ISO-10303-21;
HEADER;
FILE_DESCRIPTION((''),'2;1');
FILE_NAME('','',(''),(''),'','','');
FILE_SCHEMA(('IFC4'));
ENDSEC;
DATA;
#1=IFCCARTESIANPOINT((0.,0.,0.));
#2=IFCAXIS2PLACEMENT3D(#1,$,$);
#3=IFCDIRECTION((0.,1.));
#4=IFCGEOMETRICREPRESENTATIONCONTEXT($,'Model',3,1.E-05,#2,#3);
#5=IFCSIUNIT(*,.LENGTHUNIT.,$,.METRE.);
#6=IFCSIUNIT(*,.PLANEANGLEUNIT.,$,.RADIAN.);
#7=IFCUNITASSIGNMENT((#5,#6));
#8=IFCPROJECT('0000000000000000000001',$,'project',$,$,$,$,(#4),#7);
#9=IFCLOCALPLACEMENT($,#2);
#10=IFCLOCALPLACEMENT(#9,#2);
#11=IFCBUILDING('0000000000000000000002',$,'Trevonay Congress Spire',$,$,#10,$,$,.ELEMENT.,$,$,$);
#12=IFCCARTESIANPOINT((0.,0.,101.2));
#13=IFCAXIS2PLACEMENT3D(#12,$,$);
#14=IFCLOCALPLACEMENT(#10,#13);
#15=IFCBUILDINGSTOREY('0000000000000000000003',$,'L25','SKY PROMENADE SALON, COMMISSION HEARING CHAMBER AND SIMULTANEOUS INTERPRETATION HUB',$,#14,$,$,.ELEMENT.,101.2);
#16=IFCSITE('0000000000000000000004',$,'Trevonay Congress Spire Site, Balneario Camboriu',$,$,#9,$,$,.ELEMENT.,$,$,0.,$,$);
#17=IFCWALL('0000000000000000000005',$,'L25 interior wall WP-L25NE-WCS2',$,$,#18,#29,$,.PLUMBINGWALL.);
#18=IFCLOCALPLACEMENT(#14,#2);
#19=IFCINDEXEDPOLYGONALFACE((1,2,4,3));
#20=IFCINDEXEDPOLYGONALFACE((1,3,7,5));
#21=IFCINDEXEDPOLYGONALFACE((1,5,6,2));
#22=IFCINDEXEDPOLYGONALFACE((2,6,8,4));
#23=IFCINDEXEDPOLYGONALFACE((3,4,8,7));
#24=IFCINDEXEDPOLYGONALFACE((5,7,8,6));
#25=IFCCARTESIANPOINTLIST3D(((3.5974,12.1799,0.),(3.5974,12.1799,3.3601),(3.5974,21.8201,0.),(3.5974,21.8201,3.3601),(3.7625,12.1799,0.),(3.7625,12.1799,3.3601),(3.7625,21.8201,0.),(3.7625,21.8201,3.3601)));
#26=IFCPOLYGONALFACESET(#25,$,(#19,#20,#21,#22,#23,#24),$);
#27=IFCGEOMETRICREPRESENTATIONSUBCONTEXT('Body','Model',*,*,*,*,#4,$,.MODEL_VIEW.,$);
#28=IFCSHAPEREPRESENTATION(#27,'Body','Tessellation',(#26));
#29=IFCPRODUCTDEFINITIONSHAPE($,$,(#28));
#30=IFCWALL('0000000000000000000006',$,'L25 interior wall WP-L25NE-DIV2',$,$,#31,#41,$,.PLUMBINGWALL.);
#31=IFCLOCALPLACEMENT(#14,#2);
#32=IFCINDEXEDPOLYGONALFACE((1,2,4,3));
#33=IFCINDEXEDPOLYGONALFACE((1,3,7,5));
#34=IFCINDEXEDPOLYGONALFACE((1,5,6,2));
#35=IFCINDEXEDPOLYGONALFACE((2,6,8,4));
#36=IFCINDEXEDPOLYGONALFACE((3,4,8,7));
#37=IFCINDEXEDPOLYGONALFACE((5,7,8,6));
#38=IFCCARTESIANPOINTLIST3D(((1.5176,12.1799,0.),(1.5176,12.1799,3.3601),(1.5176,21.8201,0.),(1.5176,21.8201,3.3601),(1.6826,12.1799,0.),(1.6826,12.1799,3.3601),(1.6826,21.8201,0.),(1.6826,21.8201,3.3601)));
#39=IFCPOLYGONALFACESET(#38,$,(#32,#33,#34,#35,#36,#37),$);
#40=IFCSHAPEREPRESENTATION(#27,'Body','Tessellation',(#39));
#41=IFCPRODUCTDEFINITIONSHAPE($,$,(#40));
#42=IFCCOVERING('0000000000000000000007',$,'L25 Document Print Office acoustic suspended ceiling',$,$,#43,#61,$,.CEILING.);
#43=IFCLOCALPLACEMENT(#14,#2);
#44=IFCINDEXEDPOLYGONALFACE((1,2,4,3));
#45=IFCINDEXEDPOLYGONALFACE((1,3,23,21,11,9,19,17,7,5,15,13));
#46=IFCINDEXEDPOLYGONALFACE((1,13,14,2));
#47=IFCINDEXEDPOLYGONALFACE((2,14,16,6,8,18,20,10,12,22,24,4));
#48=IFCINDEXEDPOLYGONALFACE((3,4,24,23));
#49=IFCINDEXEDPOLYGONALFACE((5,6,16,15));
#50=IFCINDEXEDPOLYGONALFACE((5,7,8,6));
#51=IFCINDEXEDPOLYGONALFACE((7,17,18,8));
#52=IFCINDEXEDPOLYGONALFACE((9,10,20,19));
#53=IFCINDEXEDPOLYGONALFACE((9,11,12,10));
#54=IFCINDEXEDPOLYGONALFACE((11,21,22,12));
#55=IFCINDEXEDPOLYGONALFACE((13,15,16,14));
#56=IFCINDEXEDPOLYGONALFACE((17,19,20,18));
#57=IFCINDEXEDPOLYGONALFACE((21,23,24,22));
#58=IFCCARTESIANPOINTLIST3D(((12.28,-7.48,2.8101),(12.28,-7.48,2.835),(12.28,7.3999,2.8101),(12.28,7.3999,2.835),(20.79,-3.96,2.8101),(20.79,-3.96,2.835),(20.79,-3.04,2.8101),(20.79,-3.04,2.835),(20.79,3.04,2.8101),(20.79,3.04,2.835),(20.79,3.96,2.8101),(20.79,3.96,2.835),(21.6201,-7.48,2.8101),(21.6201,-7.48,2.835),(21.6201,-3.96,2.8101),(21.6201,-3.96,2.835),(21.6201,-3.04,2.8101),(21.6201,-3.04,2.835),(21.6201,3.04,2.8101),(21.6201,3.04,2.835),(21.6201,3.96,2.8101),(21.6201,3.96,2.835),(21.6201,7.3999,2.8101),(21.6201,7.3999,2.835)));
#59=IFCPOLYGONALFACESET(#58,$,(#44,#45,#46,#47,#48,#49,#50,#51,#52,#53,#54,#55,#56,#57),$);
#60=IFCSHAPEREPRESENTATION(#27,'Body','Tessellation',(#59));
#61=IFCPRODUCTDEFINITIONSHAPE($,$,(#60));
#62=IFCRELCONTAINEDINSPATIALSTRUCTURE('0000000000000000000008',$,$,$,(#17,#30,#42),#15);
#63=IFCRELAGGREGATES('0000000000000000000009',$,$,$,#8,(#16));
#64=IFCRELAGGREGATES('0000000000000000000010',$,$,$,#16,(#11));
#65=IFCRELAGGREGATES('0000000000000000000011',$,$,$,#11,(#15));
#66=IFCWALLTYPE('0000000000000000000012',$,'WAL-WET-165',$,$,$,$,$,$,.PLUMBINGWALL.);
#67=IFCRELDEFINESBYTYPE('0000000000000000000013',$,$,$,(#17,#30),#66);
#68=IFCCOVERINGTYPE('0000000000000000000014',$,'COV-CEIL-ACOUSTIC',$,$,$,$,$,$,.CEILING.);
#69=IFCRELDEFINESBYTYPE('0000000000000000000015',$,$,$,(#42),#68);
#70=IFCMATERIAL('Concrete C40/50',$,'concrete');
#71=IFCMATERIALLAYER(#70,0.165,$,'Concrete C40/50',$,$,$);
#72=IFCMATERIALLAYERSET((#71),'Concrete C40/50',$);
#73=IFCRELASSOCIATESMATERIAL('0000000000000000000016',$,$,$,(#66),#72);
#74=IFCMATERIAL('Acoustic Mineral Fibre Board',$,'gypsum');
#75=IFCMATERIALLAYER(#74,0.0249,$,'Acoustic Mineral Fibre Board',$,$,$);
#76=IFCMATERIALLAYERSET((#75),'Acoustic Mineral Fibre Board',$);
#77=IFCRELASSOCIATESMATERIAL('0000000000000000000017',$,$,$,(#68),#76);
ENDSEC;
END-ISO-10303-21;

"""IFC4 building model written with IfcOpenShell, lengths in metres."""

from ifc_helpers import new_model, si_unit, direction, frame, frame_2d, origin, place, context, subcontext, project, spatial, polyline, rectangle, outline, extrude, material, layer, layer_set, type_object, element, save


model = new_model("IFC4")

# Units and contexts
model_context = context("Model", 3, precision=1e-05, world=origin(), true_north=direction((0.0, 1.0)))
body_context = subcontext(model_context, "Body", "Model", "MODEL_VIEW")
ifc_project = project(units=[si_unit("LENGTHUNIT", "METRE"), si_unit("PLANEANGLEUNIT", "RADIAN")], contexts=[model_context])

# Site, building, storey
site_placement = place(None, origin())
site = spatial("IfcSite", under=ifc_project, at=site_placement, Name="Trevonay Congress Spire Site, Balneario Camboriu", CompositionType="ELEMENT", RefElevation=0.0)
building_placement = place(site_placement, origin())
building = spatial("IfcBuilding", under=site, at=building_placement, Name="Trevonay Congress Spire", CompositionType="ELEMENT")
storey_placement = place(building_placement, frame((0.0, 0.0, 101.2)))
storey = spatial("IfcBuildingStorey", under=building, at=storey_placement, Name="L25", Description="SKY PROMENADE SALON, COMMISSION HEARING CHAMBER AND SIMULTANEOUS INTERPRETATION HUB", CompositionType="ELEMENT", Elevation=101.2)

# Shared definitions
ifc_material_1 = material(Name="Concrete C40/50", Category="concrete")

# Walls
ifc_layer_1 = layer(ifc_material_1, 0.165, Name="Concrete C40/50")
ifc_layer_set_1 = layer_set([ifc_layer_1], Name="Concrete C40/50")
wall_type_1 = type_object("IfcWallType", Name="WAL-WET-165", PredefinedType="PLUMBINGWALL", material=ifc_layer_set_1)
for number, where, z_axis, x_axis, name in (
    (1, (3.6799, 12.1799, 0.0), (0.0, 0.0, 1.0), (0.0, 1.0, 0.0), "L25 interior wall WP-L25NE-WCS2"),
    (2, (1.6001, 12.1799, 0.0), (0.0, 0.0, 1.0), (0.0, 1.0, 0.0), "L25 interior wall WP-L25NE-DIV2"),
):
    element("IfcWall", number, at=place(storey_placement, frame(where, z_axis=z_axis, x_axis=x_axis)), inside=storey, type_object=wall_type_1, Name=name, PredefinedType="PLUMBINGWALL", context=body_context, shape_type="SweptSolid", body=[
        extrude(rectangle(XDim=9.6401, YDim=0.165, at=frame_2d((4.8201, 0.0))), origin(), (0.0, 0.0, 1.0), 3.3601),
    ])

# Covering
ifc_material_2 = material(Name="Acoustic Mineral Fibre Board", Category="gypsum")
ifc_layer_2 = layer(ifc_material_2, 0.0249, Name="Acoustic Mineral Fibre Board")
ifc_layer_set_2 = layer_set([ifc_layer_2], Name="Acoustic Mineral Fibre Board")
covering_type = type_object("IfcCoveringType", Name="COV-CEIL-ACOUSTIC", PredefinedType="CEILING", material=ifc_layer_set_2)
covering_placement = place(storey_placement, frame((0.0, 0.0, 2.8101)))
element("IfcCovering", 3, at=covering_placement, inside=storey, type_object=covering_type, Name="L25 Document Print Office acoustic suspended ceiling", PredefinedType="CEILING", context=body_context, shape_type="SweptSolid", body=[
    extrude(outline(polyline([(21.6201, -7.48), (12.28, -7.48), (12.28, 7.3999), (21.6201, 7.3999), (21.6201, 3.96), (20.79, 3.96), (20.79, 3.04), (21.6201, 3.04), (21.6201, -3.04), (20.79, -3.04), (20.79, -3.96), (21.6201, -3.96), (21.6201, -7.48)])), origin(), (0.0, 0.0, 1.0), 0.0249),
])

save(model, "model.ifc")
